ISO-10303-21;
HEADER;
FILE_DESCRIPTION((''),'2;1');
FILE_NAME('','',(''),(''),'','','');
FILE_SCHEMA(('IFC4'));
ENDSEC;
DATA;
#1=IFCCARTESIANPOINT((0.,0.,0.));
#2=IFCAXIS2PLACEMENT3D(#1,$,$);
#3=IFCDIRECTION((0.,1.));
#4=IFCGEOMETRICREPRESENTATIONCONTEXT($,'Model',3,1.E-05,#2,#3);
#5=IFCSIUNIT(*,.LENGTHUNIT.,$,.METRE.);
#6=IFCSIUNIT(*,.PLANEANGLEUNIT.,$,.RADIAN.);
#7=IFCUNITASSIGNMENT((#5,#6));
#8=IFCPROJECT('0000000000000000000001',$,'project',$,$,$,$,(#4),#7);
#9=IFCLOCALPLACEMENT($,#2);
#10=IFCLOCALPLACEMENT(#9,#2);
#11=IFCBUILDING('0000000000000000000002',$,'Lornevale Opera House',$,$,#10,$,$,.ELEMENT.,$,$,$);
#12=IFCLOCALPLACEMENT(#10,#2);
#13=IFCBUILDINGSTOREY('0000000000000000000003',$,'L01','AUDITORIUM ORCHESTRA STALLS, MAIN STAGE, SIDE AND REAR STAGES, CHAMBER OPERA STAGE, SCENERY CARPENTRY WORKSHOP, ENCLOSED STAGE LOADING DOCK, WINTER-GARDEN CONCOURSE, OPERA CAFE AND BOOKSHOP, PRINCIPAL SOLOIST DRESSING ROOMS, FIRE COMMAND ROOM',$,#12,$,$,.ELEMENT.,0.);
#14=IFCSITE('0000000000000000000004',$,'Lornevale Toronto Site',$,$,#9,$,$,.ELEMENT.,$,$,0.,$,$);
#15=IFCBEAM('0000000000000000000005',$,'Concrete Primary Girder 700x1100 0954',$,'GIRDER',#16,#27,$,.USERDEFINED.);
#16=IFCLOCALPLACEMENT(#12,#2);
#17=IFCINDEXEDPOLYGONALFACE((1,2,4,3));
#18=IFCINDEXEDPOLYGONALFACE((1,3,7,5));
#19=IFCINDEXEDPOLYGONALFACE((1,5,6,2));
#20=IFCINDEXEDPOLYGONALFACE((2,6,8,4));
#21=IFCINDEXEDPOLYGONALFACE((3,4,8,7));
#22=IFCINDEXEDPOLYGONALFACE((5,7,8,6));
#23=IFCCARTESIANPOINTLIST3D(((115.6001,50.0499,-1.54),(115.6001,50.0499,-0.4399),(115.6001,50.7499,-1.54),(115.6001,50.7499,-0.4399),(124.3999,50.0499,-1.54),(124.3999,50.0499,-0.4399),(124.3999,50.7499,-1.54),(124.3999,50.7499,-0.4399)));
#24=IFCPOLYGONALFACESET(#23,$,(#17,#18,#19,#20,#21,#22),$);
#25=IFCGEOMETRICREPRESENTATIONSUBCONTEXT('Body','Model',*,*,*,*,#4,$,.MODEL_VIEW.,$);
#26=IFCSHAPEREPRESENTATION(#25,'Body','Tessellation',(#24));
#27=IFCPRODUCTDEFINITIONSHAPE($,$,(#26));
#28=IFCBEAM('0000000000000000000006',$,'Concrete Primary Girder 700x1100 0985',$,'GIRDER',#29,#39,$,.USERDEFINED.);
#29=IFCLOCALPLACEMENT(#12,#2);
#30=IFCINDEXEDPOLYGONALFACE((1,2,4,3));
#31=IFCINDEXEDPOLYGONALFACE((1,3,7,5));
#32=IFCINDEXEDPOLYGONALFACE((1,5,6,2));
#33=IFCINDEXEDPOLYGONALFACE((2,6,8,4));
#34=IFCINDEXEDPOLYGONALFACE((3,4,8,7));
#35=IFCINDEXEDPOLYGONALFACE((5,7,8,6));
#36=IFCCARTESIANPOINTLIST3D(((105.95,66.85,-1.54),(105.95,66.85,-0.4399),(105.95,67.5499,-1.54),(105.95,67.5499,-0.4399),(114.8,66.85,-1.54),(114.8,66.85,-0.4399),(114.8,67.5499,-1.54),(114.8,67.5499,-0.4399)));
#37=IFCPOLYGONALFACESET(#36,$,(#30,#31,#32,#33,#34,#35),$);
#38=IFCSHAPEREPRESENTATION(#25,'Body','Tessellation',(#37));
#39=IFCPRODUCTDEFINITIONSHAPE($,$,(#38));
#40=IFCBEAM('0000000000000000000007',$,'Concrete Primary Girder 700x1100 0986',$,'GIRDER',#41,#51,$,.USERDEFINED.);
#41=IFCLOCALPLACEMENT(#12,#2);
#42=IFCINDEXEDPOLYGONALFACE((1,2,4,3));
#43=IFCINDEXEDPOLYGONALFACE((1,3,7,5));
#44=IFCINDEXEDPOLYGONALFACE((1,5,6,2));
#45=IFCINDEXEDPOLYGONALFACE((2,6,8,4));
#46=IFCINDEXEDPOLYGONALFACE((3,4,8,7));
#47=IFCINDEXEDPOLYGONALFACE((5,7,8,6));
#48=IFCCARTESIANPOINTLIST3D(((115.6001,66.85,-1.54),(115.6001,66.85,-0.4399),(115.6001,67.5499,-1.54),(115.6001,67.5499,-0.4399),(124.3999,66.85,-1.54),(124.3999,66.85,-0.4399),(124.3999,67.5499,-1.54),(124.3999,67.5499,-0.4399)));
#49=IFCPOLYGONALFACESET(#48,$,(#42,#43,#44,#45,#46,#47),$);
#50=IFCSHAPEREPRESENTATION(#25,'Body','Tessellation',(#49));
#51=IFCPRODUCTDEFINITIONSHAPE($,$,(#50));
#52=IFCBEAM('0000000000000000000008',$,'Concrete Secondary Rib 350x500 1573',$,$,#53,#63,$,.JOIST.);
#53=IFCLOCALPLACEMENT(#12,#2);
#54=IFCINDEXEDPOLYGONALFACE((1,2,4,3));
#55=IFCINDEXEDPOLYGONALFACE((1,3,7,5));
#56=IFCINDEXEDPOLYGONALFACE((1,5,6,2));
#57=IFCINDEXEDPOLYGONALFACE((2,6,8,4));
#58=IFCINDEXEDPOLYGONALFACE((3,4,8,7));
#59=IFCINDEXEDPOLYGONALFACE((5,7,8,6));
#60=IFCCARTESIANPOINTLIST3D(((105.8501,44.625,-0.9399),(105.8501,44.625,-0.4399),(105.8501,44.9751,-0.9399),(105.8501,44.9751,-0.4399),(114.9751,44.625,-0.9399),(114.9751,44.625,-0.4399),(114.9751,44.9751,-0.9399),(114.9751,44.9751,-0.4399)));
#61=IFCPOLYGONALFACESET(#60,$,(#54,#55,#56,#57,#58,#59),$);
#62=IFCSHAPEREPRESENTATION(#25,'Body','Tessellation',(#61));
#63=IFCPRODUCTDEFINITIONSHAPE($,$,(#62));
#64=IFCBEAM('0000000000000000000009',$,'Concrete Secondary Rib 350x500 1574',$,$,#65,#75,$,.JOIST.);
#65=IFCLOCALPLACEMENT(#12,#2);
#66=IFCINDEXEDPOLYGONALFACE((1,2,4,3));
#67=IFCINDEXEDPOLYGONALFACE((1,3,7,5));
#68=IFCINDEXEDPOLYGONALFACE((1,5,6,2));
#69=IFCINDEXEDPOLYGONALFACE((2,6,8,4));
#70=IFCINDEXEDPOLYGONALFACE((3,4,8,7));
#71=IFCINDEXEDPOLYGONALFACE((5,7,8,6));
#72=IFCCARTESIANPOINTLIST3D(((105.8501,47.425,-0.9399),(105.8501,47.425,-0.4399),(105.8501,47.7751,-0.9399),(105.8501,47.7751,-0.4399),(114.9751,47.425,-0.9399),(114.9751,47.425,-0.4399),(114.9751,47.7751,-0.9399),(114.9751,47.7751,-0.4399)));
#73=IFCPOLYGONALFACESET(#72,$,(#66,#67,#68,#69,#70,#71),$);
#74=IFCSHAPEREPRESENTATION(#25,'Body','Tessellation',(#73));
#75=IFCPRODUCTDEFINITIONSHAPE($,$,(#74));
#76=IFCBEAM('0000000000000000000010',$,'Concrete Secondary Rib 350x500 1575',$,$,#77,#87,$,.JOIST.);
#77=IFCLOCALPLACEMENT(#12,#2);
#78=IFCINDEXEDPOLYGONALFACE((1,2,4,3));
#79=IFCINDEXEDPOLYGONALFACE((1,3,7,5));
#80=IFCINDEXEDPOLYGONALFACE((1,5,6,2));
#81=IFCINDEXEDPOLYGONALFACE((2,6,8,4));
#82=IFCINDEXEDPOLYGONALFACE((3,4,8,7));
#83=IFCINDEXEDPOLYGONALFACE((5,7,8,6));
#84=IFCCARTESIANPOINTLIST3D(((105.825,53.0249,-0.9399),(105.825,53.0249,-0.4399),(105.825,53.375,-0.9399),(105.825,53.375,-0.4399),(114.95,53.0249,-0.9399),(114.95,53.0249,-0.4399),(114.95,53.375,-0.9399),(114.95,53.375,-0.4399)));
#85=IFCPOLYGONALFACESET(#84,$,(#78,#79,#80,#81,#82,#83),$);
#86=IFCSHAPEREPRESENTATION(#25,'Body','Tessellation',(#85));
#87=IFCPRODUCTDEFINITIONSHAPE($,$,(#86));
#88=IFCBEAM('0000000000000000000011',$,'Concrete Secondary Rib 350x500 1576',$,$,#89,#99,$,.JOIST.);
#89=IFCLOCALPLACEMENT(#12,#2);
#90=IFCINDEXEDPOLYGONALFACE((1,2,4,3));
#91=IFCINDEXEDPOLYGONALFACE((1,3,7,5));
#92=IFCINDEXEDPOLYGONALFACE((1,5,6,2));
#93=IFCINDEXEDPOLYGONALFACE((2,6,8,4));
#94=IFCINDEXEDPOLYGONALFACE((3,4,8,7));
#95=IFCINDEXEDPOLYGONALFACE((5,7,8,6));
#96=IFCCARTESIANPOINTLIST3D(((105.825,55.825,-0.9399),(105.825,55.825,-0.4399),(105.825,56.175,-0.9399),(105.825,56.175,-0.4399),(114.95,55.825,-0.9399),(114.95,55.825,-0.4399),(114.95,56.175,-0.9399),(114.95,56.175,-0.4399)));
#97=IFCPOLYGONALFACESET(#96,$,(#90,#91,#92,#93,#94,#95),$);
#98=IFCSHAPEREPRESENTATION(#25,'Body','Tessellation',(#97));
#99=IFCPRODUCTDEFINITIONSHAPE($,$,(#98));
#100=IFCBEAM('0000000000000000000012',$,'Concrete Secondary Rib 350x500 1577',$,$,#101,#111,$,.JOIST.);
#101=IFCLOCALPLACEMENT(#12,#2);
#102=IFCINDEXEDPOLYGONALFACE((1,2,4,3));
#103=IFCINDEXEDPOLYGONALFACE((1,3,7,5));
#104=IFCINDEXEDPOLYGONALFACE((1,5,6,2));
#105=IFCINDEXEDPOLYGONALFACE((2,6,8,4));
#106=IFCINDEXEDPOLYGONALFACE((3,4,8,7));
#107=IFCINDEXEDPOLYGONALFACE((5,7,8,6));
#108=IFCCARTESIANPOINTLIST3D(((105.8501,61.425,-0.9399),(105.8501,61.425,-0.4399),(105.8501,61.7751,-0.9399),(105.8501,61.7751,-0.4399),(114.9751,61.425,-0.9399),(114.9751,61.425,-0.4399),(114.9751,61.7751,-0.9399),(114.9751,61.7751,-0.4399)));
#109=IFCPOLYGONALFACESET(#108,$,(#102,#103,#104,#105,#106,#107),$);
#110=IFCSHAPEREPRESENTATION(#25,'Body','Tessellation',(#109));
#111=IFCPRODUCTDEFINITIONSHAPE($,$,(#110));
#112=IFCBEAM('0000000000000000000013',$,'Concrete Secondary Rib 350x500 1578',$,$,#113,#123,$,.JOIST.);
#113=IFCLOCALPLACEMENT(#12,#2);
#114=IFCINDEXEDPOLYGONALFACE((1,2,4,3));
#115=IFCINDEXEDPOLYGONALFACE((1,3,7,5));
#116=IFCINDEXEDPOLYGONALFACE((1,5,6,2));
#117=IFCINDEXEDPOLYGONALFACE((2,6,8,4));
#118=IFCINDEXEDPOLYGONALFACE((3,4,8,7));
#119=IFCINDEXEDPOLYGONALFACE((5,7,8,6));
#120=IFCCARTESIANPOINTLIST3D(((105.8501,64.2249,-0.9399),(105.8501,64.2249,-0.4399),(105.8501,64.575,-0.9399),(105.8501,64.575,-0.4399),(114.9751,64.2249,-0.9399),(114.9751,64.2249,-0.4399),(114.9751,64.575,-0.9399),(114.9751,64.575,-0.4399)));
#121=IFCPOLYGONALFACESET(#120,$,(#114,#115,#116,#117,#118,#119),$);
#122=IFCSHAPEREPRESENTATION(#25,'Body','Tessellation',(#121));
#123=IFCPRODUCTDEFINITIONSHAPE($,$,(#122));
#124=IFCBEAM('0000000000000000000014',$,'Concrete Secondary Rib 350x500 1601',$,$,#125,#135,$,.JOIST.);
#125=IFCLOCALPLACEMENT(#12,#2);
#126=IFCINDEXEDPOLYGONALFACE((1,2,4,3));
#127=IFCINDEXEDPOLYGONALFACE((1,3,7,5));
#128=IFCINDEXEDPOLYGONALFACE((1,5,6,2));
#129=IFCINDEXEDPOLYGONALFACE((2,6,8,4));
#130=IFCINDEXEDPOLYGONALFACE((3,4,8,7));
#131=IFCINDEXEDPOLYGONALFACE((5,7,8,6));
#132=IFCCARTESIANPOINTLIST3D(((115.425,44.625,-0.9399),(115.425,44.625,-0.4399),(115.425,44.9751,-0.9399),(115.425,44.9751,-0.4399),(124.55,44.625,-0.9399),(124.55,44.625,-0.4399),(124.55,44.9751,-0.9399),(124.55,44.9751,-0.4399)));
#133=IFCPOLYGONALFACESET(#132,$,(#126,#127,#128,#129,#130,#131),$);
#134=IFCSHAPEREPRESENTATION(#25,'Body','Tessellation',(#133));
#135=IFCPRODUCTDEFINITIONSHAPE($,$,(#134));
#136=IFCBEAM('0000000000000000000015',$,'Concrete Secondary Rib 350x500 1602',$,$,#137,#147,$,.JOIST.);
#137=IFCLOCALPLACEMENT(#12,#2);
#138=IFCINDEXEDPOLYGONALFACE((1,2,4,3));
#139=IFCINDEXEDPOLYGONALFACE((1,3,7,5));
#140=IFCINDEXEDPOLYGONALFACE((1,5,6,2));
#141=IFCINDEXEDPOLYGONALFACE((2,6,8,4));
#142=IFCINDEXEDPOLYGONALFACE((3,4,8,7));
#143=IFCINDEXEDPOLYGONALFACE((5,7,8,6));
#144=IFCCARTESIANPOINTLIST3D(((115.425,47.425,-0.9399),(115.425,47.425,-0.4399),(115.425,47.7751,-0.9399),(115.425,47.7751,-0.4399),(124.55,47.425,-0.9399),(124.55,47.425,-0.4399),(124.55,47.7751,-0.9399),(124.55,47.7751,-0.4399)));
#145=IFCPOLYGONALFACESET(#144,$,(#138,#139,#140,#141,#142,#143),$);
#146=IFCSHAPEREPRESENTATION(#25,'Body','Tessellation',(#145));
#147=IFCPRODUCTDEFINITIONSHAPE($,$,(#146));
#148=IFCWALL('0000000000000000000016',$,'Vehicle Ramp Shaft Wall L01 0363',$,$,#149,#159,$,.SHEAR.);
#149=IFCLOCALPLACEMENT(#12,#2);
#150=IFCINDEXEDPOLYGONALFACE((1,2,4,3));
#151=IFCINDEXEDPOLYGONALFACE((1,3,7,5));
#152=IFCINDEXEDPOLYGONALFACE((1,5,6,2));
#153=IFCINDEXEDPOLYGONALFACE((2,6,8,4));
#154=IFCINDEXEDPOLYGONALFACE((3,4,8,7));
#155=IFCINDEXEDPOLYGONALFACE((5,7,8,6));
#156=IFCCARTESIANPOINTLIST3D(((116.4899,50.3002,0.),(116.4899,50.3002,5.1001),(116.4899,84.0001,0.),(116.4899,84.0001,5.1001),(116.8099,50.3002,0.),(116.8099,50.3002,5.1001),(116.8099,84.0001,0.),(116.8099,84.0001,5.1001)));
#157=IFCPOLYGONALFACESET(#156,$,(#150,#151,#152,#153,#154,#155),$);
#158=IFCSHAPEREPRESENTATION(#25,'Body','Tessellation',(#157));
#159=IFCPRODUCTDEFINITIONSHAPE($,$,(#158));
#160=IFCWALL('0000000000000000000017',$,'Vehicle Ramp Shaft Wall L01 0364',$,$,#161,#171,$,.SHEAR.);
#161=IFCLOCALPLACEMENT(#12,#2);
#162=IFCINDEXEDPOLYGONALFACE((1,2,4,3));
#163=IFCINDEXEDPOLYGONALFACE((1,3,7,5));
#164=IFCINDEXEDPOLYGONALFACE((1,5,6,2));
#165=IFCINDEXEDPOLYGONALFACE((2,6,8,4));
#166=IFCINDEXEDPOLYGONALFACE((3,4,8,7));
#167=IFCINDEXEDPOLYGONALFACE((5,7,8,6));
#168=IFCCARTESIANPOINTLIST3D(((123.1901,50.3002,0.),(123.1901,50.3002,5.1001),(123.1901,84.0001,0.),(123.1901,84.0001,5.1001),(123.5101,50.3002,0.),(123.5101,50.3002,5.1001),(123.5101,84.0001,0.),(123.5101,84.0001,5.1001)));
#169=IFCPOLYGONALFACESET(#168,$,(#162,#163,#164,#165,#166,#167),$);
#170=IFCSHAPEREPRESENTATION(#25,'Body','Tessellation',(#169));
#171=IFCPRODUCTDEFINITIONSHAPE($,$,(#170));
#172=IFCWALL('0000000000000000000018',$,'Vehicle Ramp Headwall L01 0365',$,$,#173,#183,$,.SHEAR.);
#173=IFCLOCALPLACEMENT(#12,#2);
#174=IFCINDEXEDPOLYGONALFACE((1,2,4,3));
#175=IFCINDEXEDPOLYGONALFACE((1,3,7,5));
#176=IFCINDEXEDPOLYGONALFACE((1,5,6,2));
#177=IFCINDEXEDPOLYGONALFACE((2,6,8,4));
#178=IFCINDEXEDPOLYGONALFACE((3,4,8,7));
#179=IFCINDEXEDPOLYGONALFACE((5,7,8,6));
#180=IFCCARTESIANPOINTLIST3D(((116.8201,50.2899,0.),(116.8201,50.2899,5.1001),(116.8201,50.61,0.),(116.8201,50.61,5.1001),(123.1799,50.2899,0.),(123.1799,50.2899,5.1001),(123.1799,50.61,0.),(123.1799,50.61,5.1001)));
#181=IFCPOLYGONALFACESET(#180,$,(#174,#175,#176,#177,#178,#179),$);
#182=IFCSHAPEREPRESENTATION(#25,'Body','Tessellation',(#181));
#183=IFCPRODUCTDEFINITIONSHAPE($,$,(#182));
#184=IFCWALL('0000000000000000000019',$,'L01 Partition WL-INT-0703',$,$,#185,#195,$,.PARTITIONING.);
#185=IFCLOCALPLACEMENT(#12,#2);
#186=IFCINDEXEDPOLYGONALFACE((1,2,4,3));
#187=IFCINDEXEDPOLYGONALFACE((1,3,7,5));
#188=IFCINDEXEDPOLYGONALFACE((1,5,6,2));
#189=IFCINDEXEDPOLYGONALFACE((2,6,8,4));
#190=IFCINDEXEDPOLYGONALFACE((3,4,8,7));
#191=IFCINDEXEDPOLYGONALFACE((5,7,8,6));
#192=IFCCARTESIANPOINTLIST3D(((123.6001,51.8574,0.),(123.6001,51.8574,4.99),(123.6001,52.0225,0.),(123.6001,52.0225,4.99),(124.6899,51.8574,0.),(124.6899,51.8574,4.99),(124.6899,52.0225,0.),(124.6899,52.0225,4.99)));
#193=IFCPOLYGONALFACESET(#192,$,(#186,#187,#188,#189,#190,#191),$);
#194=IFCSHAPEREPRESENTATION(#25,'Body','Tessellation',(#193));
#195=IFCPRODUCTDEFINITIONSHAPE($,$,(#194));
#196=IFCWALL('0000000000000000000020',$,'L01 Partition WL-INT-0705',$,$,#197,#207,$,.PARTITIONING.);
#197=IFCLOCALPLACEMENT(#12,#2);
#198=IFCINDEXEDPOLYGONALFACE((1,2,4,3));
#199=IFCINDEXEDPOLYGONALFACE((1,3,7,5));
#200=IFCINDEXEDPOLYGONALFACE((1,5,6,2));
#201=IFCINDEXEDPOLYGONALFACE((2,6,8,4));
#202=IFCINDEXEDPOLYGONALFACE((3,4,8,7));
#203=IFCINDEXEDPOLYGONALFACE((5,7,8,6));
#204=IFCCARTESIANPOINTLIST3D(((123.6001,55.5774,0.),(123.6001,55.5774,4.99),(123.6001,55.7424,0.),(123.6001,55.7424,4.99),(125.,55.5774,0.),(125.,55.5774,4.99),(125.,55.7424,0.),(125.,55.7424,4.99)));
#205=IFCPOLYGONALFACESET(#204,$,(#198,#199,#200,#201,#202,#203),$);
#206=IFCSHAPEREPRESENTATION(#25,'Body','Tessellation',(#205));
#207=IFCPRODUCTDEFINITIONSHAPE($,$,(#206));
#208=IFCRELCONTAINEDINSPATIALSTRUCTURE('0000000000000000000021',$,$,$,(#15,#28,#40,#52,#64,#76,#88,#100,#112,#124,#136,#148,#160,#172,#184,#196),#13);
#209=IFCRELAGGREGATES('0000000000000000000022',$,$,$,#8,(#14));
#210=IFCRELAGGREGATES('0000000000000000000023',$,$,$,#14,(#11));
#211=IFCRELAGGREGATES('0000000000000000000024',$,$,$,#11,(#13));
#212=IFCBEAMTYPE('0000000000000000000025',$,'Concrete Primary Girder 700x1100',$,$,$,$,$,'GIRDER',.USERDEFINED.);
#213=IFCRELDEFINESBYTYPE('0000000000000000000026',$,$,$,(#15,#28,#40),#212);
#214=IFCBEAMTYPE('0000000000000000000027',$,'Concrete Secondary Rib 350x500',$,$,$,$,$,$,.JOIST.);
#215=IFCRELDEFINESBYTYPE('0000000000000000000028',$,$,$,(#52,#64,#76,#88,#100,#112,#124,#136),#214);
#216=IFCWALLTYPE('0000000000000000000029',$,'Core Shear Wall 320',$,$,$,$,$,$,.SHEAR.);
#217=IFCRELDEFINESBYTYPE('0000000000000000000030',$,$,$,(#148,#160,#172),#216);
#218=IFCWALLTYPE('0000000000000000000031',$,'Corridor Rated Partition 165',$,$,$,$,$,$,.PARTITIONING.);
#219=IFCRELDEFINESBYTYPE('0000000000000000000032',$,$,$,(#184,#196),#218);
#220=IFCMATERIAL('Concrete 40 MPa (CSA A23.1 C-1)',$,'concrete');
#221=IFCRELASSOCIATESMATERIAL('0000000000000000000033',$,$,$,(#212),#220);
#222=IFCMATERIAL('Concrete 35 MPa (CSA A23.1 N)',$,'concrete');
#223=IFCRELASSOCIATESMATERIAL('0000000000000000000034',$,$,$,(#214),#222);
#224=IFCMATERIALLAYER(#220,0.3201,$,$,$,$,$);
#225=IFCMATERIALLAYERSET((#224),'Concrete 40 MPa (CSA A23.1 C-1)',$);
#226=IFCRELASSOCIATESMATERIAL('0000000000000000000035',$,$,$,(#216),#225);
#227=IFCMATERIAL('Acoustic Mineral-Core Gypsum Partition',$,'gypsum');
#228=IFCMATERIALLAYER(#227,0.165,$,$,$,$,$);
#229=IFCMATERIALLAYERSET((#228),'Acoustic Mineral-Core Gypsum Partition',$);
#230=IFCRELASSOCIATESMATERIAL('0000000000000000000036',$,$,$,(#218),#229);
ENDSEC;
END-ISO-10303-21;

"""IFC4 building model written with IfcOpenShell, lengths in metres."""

from ifc_helpers import new_model, si_unit, direction, frame, frame_2d, origin, origin_2d, place, context, subcontext, project, spatial, rectangle, extrude, material, layer, layer_set, material_profile, profile_set, type_object, element, save


model = new_model("IFC4")

# Units and contexts
model_context = context("Model", 3, precision=1e-05, world=origin(), true_north=direction((0.0, 1.0)))
body_context = subcontext(model_context, "Body", "Model", "MODEL_VIEW")
ifc_project = project(units=[si_unit("LENGTHUNIT", "METRE"), si_unit("PLANEANGLEUNIT", "RADIAN")], contexts=[model_context])

# Site, building, storey
site_placement = place(None, origin())
site = spatial("IfcSite", under=ifc_project, at=site_placement, Name="Lornevale Toronto Site", CompositionType="ELEMENT", RefElevation=0.0)
building_placement = place(site_placement, origin())
building = spatial("IfcBuilding", under=site, at=building_placement, Name="Lornevale Opera House", CompositionType="ELEMENT")
storey_placement = place(building_placement, origin())
storey = spatial("IfcBuildingStorey", under=building, at=storey_placement, Name="L01", Description="AUDITORIUM ORCHESTRA STALLS, MAIN STAGE, SIDE AND REAR STAGES, CHAMBER OPERA STAGE, SCENERY CARPENTRY WORKSHOP, ENCLOSED STAGE LOADING DOCK, WINTER-GARDEN CONCOURSE, OPERA CAFE AND BOOKSHOP, PRINCIPAL SOLOIST DRESSING ROOMS, FIRE COMMAND ROOM", CompositionType="ELEMENT", Elevation=0.0)

# Shared definitions
ifc_material_1 = material(Name="Concrete 40 MPa (CSA A23.1 C-1)", Category="concrete")

# Beams
ifc_material_2 = material(Name="Concrete 35 MPa (CSA A23.1 N)", Category="concrete")
ifc_material_profile_1 = material_profile(ifc_material_1, rectangle(XDim=0.7, YDim=1.1001, at=origin_2d()), Name="RC700x1100")
ifc_profile_set_1 = profile_set([ifc_material_profile_1], Name="Concrete 40 MPa (CSA A23.1 C-1)")
beam_type_1 = type_object("IfcBeamType", Name="Concrete Primary Girder 700x1100", ElementType="GIRDER", PredefinedType="USERDEFINED", material=ifc_profile_set_1)
beam_1_placement = place(storey_placement, frame((115.6001, 50.3999, -0.99), z_axis=(1.0, 0.0, 0.0), x_axis=(0.0, 1.0, 0.0)))
element("IfcBeam", 1, at=beam_1_placement, inside=storey, type_object=beam_type_1, Name="Concrete Primary Girder 700x1100 0954", ObjectType="GIRDER", PredefinedType="USERDEFINED", context=body_context, shape_type="SweptSolid", body=[
    extrude(rectangle(XDim=0.7, YDim=1.1001, at=origin_2d()), origin(), (0.0, 0.0, 1.0), 8.7998),
])
beam_2_placement = place(storey_placement, frame((105.95, 67.2, -0.99), z_axis=(1.0, 0.0, 0.0), x_axis=(0.0, 1.0, 0.0)))
element("IfcBeam", 2, at=beam_2_placement, inside=storey, type_object=beam_type_1, Name="Concrete Primary Girder 700x1100 0985", ObjectType="GIRDER", PredefinedType="USERDEFINED", context=body_context, shape_type="SweptSolid", body=[
    extrude(rectangle(XDim=0.7, YDim=1.1001, at=origin_2d()), origin(), (0.0, 0.0, 1.0), 8.8501),
])
beam_3_placement = place(storey_placement, frame((115.6001, 67.2, -0.99), z_axis=(1.0, 0.0, 0.0), x_axis=(0.0, 1.0, 0.0)))
element("IfcBeam", 3, at=beam_3_placement, inside=storey, type_object=beam_type_1, Name="Concrete Primary Girder 700x1100 0986", ObjectType="GIRDER", PredefinedType="USERDEFINED", context=body_context, shape_type="SweptSolid", body=[
    extrude(rectangle(XDim=0.7, YDim=1.1001, at=origin_2d()), origin(), (0.0, 0.0, 1.0), 8.7998),
])
ifc_material_profile_2 = material_profile(ifc_material_2, rectangle(XDim=0.3501, YDim=0.5, at=origin_2d()), Name="RC350x500")
ifc_profile_set_2 = profile_set([ifc_material_profile_2], Name="Concrete 35 MPa (CSA A23.1 N)")
beam_type_2 = type_object("IfcBeamType", Name="Concrete Secondary Rib 350x500", PredefinedType="JOIST", material=ifc_profile_set_2)
for number, where, z_axis, x_axis, name in (
    (4, (105.8501, 44.8, -0.6899), (1.0, 0.0, 0.0), (0.0, 1.0, 0.0), "Concrete Secondary Rib 350x500 1573"),
    (5, (105.8501, 47.6001, -0.6899), (1.0, 0.0, 0.0), (0.0, 1.0, 0.0), "Concrete Secondary Rib 350x500 1574"),
    (6, (105.825, 53.2, -0.6899), (1.0, 0.0, 0.0), (0.0, 1.0, 0.0), "Concrete Secondary Rib 350x500 1575"),
    (7, (105.825, 56.0, -0.6899), (1.0, 0.0, 0.0), (0.0, 1.0, 0.0), "Concrete Secondary Rib 350x500 1576"),
    (8, (105.8501, 61.6001, -0.6899), (1.0, 0.0, 0.0), (0.0, 1.0, 0.0), "Concrete Secondary Rib 350x500 1577"),
    (9, (105.8501, 64.3999, -0.6899), (1.0, 0.0, 0.0), (0.0, 1.0, 0.0), "Concrete Secondary Rib 350x500 1578"),
    (10, (115.425, 44.8, -0.6899), (1.0, 0.0, 0.0), (0.0, 1.0, 0.0), "Concrete Secondary Rib 350x500 1601"),
    (11, (115.425, 47.6001, -0.6899), (1.0, 0.0, 0.0), (0.0, 1.0, 0.0), "Concrete Secondary Rib 350x500 1602"),
):
    element("IfcBeam", number, at=place(storey_placement, frame(where, z_axis=z_axis, x_axis=x_axis)), inside=storey, type_object=beam_type_2, Name=name, PredefinedType="JOIST", context=body_context, shape_type="SweptSolid", body=[
        extrude(rectangle(XDim=0.3501, YDim=0.5, at=origin_2d()), origin(), (0.0, 0.0, 1.0), 9.125),
    ])

# Walls
ifc_layer_1 = layer(ifc_material_1, 0.3201)
ifc_layer_set_1 = layer_set([ifc_layer_1], Name="Concrete 40 MPa (CSA A23.1 C-1)")
wall_type_1 = type_object("IfcWallType", Name="Core Shear Wall 320", PredefinedType="SHEAR", material=ifc_layer_set_1)
for number, where, z_axis, x_axis, name in (
    (12, (116.6499, 50.3, 0.0), (0.0, 0.0, 1.0), (0.0, 1.0, 0.0), "Vehicle Ramp Shaft Wall L01 0363"),
    (13, (123.3501, 50.3, 0.0), (0.0, 0.0, 1.0), (0.0, 1.0, 0.0), "Vehicle Ramp Shaft Wall L01 0364"),
):
    element("IfcWall", number, at=place(storey_placement, frame(where, z_axis=z_axis, x_axis=x_axis)), inside=storey, type_object=wall_type_1, Name=name, PredefinedType="SHEAR", context=body_context, shape_type="SweptSolid", body=[
        extrude(rectangle(XDim=33.7, YDim=0.3201, at=frame_2d((16.8501, 0.0))), origin(), (0.0, 0.0, 1.0), 5.1001),
    ])
wall_1_placement = place(storey_placement, frame((116.8201, 50.45, 0.0), z_axis=(0.0, 0.0, 1.0), x_axis=(1.0, 0.0, 0.0)))
element("IfcWall", 14, at=wall_1_placement, inside=storey, type_object=wall_type_1, Name="Vehicle Ramp Headwall L01 0365", PredefinedType="SHEAR", context=body_context, shape_type="SweptSolid", body=[
    extrude(rectangle(XDim=6.3599, YDim=0.3201, at=frame_2d((3.1799, 0.0))), origin(), (0.0, 0.0, 1.0), 5.1001),
])
ifc_material_3 = material(Name="Acoustic Mineral-Core Gypsum Partition", Category="gypsum")
ifc_layer_2 = layer(ifc_material_3, 0.165)
ifc_layer_set_2 = layer_set([ifc_layer_2], Name="Acoustic Mineral-Core Gypsum Partition")
wall_type_2 = type_object("IfcWallType", Name="Corridor Rated Partition 165", PredefinedType="PARTITIONING", material=ifc_layer_set_2)
wall_2_placement = place(storey_placement, frame((123.6001, 51.9399, 0.0), z_axis=(0.0, 0.0, 1.0), x_axis=(1.0, 0.0, 0.0)))
element("IfcWall", 15, at=wall_2_placement, inside=storey, type_object=wall_type_2, Name="L01 Partition WL-INT-0703", PredefinedType="PARTITIONING", context=body_context, shape_type="SweptSolid", body=[
    extrude(rectangle(XDim=1.0898, YDim=0.165, at=frame_2d((0.5449, 0.0))), origin(), (0.0, 0.0, 1.0), 4.99),
])
wall_3_placement = place(storey_placement, frame((123.6001, 55.6599, 0.0), z_axis=(0.0, 0.0, 1.0), x_axis=(1.0, 0.0, 0.0)))
element("IfcWall", 16, at=wall_3_placement, inside=storey, type_object=wall_type_2, Name="L01 Partition WL-INT-0705", PredefinedType="PARTITIONING", context=body_context, shape_type="SweptSolid", body=[
    extrude(rectangle(XDim=1.3999, YDim=0.165, at=frame_2d((0.7, 0.0))), origin(), (0.0, 0.0, 1.0), 4.99),
])

save(model, "model.ifc")
